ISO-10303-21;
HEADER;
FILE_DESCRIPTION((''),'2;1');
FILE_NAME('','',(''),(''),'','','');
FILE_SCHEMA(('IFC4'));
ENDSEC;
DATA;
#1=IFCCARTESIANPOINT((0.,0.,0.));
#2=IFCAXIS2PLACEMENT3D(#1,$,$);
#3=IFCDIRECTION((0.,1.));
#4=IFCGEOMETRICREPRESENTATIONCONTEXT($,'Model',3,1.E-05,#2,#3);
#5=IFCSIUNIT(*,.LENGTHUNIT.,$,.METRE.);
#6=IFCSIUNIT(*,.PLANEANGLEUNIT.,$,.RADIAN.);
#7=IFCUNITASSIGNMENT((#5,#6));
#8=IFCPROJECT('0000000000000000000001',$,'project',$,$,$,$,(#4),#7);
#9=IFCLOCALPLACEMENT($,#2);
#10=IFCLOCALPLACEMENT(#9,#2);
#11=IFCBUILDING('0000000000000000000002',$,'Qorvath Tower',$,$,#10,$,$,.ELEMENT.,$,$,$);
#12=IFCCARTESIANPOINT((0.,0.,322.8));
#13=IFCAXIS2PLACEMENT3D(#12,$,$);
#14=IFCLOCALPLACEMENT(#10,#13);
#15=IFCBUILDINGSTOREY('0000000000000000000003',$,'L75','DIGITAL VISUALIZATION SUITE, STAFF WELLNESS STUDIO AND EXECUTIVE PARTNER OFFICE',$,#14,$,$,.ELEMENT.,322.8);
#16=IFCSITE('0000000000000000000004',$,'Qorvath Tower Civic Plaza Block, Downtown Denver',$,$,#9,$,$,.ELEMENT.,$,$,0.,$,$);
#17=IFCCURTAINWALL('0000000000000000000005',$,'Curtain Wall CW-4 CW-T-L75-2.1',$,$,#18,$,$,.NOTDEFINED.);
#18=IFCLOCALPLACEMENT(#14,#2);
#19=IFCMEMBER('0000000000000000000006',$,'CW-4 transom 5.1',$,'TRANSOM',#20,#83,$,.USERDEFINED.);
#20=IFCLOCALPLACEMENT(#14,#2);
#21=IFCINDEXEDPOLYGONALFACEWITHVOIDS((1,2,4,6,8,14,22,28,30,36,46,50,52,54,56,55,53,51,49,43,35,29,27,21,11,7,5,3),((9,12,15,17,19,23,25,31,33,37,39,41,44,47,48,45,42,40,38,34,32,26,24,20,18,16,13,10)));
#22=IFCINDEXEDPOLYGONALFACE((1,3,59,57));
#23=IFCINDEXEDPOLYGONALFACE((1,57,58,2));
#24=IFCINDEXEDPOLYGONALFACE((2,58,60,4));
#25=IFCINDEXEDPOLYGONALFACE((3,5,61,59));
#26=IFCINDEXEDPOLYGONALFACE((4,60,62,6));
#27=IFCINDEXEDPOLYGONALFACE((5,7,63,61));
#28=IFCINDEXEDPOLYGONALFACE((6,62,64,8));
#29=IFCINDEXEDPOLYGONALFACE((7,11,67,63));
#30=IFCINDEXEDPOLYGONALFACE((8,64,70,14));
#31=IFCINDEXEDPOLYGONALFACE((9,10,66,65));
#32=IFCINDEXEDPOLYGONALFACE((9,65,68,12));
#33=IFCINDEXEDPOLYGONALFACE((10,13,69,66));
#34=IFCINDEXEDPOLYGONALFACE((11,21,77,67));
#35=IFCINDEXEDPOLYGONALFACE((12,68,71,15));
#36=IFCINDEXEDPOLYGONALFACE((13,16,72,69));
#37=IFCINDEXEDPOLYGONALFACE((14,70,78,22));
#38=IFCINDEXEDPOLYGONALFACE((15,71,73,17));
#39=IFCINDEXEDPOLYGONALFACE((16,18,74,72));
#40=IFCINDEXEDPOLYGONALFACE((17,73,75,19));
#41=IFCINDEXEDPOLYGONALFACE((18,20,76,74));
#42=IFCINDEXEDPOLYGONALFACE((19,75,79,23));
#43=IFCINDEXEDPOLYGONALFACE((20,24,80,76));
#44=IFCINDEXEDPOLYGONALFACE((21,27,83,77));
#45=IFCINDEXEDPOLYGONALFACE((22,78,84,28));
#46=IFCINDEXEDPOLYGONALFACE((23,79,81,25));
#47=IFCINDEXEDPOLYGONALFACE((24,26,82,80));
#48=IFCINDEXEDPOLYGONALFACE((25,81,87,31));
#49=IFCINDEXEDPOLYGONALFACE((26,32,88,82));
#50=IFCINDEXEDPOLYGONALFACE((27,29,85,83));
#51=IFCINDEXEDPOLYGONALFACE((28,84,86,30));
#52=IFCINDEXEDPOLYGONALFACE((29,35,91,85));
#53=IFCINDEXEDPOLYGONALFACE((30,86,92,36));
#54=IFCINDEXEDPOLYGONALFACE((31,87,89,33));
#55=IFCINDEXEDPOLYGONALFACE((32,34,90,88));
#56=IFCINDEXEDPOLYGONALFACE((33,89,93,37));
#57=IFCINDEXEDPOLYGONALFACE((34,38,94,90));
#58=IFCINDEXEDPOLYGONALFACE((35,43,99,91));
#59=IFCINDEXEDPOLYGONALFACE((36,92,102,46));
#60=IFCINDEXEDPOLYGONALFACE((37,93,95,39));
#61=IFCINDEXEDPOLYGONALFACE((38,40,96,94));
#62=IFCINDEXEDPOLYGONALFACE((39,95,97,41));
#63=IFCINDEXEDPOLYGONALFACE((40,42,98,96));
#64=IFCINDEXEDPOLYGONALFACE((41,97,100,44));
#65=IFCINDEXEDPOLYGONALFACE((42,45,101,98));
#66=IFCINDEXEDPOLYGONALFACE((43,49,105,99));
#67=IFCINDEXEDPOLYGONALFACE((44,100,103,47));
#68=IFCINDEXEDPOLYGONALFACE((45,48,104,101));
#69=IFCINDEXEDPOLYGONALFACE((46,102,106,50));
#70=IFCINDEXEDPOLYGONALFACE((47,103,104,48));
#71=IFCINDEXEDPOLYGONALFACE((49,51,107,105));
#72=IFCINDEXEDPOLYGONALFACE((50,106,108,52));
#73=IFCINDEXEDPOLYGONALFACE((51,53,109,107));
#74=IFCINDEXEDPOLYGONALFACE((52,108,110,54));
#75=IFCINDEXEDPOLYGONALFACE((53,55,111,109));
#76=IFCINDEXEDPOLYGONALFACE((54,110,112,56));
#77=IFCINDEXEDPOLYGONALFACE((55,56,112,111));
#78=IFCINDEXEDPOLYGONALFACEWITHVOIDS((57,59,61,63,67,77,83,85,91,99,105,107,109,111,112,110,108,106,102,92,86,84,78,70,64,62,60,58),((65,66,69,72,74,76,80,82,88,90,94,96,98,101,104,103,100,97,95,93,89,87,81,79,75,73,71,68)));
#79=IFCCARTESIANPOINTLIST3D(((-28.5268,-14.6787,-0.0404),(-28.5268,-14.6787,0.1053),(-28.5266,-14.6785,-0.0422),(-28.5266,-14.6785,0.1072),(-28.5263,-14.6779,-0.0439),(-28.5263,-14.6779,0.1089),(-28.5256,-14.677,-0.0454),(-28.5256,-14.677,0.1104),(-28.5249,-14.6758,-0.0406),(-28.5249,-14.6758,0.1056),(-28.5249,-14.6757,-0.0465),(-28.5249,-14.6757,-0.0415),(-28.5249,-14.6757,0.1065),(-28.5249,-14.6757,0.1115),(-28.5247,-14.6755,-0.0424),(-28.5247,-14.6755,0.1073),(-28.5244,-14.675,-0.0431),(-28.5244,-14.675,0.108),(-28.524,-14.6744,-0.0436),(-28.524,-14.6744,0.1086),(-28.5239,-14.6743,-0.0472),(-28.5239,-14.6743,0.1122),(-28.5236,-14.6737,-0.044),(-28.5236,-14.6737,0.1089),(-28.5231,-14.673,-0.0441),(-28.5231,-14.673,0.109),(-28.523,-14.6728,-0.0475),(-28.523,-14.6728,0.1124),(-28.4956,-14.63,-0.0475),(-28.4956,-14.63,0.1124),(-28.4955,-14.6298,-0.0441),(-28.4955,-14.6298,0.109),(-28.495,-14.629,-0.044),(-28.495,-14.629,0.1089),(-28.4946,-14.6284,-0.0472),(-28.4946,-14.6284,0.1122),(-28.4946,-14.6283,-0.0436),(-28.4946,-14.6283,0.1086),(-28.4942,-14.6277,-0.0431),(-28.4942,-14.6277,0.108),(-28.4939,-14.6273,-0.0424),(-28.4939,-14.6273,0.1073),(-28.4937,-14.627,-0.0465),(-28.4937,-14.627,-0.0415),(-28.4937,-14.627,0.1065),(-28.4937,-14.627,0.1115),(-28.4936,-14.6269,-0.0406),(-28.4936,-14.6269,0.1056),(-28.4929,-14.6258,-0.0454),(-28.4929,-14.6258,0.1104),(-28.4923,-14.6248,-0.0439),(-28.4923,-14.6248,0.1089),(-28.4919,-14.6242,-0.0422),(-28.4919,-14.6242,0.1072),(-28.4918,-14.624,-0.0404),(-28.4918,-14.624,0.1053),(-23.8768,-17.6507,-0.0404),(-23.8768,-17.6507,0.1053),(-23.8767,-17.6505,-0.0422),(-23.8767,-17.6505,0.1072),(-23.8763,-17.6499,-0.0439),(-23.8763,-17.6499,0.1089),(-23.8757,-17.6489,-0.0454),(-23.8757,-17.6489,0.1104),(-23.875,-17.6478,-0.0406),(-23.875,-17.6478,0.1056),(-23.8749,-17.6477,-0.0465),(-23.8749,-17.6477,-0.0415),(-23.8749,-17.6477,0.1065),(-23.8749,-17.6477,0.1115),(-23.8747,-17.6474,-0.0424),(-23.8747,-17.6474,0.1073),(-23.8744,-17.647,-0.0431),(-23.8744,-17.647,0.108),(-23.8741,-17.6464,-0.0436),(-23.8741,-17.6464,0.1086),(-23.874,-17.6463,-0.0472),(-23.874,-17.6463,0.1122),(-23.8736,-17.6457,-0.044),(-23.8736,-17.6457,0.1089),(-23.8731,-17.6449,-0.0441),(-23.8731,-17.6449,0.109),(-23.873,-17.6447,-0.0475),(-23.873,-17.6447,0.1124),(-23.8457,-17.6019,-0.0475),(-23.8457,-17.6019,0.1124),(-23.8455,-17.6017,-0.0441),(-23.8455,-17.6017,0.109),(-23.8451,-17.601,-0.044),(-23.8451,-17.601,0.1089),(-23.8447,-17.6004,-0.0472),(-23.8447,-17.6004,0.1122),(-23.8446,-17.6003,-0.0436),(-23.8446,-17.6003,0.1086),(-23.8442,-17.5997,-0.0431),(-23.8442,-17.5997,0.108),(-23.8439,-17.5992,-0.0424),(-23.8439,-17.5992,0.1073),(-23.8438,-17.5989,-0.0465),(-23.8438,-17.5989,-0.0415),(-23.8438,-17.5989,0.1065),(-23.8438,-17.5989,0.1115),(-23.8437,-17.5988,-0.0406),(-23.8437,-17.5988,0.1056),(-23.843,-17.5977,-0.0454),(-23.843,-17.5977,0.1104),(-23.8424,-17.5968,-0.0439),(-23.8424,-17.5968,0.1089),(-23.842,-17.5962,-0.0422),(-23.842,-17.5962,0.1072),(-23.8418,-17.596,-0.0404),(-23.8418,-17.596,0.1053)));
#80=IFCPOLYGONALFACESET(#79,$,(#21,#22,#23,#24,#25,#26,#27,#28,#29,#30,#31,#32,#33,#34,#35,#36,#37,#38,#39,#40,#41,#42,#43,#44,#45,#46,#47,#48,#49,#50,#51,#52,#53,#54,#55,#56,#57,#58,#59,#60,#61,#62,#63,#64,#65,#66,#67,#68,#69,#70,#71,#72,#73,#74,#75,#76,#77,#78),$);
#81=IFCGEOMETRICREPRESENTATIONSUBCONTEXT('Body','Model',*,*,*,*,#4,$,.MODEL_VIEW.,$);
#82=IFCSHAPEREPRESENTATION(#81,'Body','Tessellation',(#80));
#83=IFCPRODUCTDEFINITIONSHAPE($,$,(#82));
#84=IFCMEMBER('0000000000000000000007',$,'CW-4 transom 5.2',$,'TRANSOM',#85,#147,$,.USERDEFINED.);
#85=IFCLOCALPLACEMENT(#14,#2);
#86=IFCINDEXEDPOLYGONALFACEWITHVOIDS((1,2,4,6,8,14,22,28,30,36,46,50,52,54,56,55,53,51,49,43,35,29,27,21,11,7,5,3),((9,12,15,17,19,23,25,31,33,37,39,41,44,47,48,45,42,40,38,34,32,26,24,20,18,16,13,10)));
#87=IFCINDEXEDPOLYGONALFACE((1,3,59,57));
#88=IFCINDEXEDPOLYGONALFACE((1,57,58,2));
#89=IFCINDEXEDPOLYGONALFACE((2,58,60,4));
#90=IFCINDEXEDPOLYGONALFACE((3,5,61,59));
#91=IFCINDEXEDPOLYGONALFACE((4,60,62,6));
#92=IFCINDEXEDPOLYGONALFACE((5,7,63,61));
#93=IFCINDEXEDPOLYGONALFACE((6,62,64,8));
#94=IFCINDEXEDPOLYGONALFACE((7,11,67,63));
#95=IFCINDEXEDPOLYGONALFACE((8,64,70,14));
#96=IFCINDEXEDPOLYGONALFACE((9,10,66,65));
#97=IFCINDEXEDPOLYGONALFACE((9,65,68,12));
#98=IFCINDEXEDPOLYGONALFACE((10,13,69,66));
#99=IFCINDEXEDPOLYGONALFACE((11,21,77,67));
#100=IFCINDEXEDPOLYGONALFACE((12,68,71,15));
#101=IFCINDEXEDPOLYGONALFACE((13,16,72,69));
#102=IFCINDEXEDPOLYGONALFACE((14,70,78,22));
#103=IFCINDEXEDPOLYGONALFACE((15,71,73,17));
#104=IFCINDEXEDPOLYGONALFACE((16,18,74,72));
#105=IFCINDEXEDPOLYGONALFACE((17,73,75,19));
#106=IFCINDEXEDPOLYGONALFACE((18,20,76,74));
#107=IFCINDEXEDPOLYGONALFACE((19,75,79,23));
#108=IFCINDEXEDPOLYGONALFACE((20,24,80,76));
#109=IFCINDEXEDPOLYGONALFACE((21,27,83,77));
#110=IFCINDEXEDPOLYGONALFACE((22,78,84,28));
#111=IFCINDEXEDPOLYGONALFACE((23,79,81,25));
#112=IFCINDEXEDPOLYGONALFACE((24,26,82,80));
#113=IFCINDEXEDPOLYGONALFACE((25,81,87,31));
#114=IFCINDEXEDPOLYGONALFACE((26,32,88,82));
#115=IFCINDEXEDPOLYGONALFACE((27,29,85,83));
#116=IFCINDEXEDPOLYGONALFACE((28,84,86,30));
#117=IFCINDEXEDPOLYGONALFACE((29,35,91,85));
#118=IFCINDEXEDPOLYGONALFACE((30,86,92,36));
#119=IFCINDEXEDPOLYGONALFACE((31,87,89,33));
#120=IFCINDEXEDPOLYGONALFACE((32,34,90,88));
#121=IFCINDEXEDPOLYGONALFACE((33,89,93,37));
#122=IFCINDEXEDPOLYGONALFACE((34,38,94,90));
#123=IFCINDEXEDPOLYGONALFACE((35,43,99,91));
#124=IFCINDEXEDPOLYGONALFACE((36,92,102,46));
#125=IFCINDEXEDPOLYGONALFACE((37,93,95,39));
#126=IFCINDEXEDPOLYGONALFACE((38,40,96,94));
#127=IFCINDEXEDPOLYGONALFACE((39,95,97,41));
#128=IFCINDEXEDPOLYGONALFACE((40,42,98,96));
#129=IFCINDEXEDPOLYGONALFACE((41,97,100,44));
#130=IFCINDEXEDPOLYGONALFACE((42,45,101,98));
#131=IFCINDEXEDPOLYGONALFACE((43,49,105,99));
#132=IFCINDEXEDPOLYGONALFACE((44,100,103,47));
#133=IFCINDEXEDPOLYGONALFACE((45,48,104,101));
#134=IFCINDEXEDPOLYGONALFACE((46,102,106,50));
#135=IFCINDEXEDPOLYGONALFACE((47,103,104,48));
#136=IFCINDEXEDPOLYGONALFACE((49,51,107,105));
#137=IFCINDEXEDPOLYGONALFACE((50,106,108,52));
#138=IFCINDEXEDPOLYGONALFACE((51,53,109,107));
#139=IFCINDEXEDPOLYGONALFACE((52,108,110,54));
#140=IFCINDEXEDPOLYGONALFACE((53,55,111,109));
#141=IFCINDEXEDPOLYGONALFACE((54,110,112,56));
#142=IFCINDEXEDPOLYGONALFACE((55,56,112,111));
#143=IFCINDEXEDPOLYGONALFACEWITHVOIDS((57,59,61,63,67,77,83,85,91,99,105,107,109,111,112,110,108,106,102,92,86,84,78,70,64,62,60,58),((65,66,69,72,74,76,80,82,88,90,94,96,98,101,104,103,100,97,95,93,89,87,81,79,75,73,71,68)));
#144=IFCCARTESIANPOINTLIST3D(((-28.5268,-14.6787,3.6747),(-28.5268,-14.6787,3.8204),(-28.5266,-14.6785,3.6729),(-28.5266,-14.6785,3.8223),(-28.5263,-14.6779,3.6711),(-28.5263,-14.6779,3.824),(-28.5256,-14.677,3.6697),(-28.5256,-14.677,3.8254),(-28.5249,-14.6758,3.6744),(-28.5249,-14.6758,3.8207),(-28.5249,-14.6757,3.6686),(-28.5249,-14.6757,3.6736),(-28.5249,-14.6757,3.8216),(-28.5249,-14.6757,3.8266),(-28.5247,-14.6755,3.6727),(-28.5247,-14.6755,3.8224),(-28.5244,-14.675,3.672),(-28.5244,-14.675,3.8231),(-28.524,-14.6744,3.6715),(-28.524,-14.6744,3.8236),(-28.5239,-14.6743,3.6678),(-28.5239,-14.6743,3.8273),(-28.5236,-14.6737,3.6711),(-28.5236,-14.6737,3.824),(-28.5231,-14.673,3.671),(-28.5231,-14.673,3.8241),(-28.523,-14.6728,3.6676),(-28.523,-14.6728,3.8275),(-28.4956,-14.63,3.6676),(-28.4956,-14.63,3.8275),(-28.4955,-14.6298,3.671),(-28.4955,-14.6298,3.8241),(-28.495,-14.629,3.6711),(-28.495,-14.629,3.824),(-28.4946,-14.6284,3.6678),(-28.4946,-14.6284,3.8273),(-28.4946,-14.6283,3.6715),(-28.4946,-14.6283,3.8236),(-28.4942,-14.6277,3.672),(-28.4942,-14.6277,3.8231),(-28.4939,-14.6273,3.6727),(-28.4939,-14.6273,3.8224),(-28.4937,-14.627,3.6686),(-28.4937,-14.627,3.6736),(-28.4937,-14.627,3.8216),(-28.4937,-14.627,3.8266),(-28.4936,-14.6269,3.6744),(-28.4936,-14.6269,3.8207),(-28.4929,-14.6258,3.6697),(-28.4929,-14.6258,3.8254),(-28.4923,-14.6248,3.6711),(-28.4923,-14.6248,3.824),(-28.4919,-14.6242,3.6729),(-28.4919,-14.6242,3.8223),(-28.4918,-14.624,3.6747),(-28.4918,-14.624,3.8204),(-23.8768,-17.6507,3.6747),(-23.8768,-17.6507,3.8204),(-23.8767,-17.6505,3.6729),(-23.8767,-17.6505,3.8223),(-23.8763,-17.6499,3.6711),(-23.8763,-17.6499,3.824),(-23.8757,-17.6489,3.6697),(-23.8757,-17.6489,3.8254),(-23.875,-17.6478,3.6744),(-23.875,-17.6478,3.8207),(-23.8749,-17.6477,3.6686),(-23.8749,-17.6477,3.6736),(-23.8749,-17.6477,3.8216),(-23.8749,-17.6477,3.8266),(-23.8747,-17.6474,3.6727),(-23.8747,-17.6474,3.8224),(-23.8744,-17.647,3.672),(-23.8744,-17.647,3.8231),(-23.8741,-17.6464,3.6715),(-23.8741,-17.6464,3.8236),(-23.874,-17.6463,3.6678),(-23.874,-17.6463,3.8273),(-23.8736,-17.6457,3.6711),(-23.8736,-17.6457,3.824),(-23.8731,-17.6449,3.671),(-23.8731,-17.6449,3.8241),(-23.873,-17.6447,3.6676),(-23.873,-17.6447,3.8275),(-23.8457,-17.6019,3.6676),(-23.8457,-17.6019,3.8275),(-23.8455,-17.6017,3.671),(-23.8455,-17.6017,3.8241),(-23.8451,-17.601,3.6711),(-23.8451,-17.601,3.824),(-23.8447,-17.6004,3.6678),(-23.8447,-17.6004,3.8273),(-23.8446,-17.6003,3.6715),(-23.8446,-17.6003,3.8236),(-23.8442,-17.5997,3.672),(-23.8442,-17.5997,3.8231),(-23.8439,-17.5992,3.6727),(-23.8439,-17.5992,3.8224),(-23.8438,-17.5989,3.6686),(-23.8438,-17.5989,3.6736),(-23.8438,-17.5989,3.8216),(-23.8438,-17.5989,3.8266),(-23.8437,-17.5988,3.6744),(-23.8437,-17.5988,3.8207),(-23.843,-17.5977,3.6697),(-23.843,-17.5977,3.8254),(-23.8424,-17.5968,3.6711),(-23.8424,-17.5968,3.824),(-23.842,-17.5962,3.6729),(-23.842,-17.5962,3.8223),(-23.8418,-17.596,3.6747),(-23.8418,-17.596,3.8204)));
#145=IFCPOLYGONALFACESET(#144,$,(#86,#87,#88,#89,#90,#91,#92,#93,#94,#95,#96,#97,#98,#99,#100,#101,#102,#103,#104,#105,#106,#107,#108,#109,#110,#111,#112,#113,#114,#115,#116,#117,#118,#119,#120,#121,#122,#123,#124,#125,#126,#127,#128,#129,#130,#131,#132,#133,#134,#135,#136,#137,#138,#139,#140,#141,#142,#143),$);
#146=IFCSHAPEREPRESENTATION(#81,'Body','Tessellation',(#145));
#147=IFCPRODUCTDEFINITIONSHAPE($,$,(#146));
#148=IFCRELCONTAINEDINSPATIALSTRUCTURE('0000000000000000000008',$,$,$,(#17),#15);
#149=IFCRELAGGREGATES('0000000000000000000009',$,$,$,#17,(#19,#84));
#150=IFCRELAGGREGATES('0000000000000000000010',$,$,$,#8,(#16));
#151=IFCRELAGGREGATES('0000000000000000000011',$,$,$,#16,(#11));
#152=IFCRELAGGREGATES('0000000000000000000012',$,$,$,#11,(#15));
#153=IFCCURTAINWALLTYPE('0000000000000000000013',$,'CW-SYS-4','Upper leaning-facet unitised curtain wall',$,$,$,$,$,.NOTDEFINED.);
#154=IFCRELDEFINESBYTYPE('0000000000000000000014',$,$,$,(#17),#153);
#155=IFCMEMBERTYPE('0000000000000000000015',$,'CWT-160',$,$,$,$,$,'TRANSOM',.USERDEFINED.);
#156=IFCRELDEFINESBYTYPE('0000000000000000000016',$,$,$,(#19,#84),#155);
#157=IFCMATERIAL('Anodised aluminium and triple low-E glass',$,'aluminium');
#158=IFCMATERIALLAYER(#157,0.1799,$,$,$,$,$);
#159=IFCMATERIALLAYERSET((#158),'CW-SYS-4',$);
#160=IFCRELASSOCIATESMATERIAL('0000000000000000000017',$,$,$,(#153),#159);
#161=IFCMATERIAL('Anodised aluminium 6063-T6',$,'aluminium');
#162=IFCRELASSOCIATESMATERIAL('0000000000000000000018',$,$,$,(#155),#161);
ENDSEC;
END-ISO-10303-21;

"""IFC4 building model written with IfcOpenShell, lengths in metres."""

from ifc_helpers import new_model, si_unit, direction, frame, origin, origin_2d, place, context, subcontext, project, spatial, hollow_rectangle, extrude, material, layer, layer_set, material_profile, profile_set, type_object, element, aggregate, save


model = new_model("IFC4")

# Units and contexts
model_context = context("Model", 3, precision=1e-05, world=origin(), true_north=direction((0.0, 1.0)))
body_context = subcontext(model_context, "Body", "Model", "MODEL_VIEW")
ifc_project = project(units=[si_unit("LENGTHUNIT", "METRE"), si_unit("PLANEANGLEUNIT", "RADIAN")], contexts=[model_context])

# Site, building, storey
site_placement = place(None, origin())
site = spatial("IfcSite", under=ifc_project, at=site_placement, Name="Qorvath Tower Civic Plaza Block, Downtown Denver", CompositionType="ELEMENT", RefElevation=0.0)
building_placement = place(site_placement, origin())
building = spatial("IfcBuilding", under=site, at=building_placement, Name="Qorvath Tower", CompositionType="ELEMENT")
storey_placement = place(building_placement, frame((0.0, 0.0, 322.8)))
storey = spatial("IfcBuildingStorey", under=building, at=storey_placement, Name="L75", Description="DIGITAL VISUALIZATION SUITE, STAFF WELLNESS STUDIO AND EXECUTIVE PARTNER OFFICE", CompositionType="ELEMENT", Elevation=322.8)

# Curtain wall, members
ifc_material_1 = material(Name="Anodised aluminium and triple low-E glass", Category="aluminium")
ifc_layer_1 = layer(ifc_material_1, 0.1799)
ifc_layer_set_1 = layer_set([ifc_layer_1], Name="CW-SYS-4")
curtain_wall_type = type_object("IfcCurtainWallType", Name="CW-SYS-4", Description="Upper leaning-facet unitised curtain wall", PredefinedType="NOTDEFINED", material=ifc_layer_set_1)
curtain_wall_placement = place(storey_placement, origin())
curtain_wall = element("IfcCurtainWall", 1, at=curtain_wall_placement, inside=storey, type_object=curtain_wall_type, Name="Curtain Wall CW-4 CW-T-L75-2.1", PredefinedType="NOTDEFINED")
ifc_material_2 = material(Name="Anodised aluminium 6063-T6", Category="aluminium")
ifc_material_profile_1 = material_profile(ifc_material_2, hollow_rectangle(XDim=0.0649, YDim=0.1599, WallThickness=0.0034, InnerFilletRadius=0.0034, OuterFilletRadius=0.0071, at=origin_2d()), Name="CWT 160x65")
ifc_profile_set_1 = profile_set([ifc_material_profile_1], Name="Anodised aluminium 6063-T6")
member_type_1 = type_object("IfcMemberType", Name="CWT-160", ElementType="TRANSOM", PredefinedType="USERDEFINED", material=ifc_profile_set_1)
member_1_placement = place(storey_placement, frame((-28.5093, -14.6514, 0.0325), z_axis=(0.842601, -0.538538, 0.0), x_axis=(0.538538, 0.842601, 0.0)))
member_1 = element("IfcMember", 2, at=member_1_placement, type_object=member_type_1, Name="CW-4 transom 5.1", ObjectType="TRANSOM", PredefinedType="USERDEFINED", context=body_context, shape_type="SweptSolid", body=[
    extrude(hollow_rectangle(XDim=0.0649, YDim=0.1599, WallThickness=0.0034, InnerFilletRadius=0.0034, OuterFilletRadius=0.0071, at=origin_2d()), origin(), (0.0, 0.0, 1.0), 5.5186),
])
member_2_placement = place(storey_placement, frame((-28.5093, -14.6514, 3.7476), z_axis=(0.842601, -0.538538, 0.0), x_axis=(0.538538, 0.842601, 0.0)))
member_2 = element("IfcMember", 3, at=member_2_placement, type_object=member_type_1, Name="CW-4 transom 5.2", ObjectType="TRANSOM", PredefinedType="USERDEFINED", context=body_context, shape_type="SweptSolid", body=[
    extrude(hollow_rectangle(XDim=0.0649, YDim=0.1599, WallThickness=0.0034, InnerFilletRadius=0.0034, OuterFilletRadius=0.0071, at=origin_2d()), origin(), (0.0, 0.0, 1.0), 5.5186),
])
aggregate(curtain_wall, [member_1, member_2])

save(model, "model.ifc")
